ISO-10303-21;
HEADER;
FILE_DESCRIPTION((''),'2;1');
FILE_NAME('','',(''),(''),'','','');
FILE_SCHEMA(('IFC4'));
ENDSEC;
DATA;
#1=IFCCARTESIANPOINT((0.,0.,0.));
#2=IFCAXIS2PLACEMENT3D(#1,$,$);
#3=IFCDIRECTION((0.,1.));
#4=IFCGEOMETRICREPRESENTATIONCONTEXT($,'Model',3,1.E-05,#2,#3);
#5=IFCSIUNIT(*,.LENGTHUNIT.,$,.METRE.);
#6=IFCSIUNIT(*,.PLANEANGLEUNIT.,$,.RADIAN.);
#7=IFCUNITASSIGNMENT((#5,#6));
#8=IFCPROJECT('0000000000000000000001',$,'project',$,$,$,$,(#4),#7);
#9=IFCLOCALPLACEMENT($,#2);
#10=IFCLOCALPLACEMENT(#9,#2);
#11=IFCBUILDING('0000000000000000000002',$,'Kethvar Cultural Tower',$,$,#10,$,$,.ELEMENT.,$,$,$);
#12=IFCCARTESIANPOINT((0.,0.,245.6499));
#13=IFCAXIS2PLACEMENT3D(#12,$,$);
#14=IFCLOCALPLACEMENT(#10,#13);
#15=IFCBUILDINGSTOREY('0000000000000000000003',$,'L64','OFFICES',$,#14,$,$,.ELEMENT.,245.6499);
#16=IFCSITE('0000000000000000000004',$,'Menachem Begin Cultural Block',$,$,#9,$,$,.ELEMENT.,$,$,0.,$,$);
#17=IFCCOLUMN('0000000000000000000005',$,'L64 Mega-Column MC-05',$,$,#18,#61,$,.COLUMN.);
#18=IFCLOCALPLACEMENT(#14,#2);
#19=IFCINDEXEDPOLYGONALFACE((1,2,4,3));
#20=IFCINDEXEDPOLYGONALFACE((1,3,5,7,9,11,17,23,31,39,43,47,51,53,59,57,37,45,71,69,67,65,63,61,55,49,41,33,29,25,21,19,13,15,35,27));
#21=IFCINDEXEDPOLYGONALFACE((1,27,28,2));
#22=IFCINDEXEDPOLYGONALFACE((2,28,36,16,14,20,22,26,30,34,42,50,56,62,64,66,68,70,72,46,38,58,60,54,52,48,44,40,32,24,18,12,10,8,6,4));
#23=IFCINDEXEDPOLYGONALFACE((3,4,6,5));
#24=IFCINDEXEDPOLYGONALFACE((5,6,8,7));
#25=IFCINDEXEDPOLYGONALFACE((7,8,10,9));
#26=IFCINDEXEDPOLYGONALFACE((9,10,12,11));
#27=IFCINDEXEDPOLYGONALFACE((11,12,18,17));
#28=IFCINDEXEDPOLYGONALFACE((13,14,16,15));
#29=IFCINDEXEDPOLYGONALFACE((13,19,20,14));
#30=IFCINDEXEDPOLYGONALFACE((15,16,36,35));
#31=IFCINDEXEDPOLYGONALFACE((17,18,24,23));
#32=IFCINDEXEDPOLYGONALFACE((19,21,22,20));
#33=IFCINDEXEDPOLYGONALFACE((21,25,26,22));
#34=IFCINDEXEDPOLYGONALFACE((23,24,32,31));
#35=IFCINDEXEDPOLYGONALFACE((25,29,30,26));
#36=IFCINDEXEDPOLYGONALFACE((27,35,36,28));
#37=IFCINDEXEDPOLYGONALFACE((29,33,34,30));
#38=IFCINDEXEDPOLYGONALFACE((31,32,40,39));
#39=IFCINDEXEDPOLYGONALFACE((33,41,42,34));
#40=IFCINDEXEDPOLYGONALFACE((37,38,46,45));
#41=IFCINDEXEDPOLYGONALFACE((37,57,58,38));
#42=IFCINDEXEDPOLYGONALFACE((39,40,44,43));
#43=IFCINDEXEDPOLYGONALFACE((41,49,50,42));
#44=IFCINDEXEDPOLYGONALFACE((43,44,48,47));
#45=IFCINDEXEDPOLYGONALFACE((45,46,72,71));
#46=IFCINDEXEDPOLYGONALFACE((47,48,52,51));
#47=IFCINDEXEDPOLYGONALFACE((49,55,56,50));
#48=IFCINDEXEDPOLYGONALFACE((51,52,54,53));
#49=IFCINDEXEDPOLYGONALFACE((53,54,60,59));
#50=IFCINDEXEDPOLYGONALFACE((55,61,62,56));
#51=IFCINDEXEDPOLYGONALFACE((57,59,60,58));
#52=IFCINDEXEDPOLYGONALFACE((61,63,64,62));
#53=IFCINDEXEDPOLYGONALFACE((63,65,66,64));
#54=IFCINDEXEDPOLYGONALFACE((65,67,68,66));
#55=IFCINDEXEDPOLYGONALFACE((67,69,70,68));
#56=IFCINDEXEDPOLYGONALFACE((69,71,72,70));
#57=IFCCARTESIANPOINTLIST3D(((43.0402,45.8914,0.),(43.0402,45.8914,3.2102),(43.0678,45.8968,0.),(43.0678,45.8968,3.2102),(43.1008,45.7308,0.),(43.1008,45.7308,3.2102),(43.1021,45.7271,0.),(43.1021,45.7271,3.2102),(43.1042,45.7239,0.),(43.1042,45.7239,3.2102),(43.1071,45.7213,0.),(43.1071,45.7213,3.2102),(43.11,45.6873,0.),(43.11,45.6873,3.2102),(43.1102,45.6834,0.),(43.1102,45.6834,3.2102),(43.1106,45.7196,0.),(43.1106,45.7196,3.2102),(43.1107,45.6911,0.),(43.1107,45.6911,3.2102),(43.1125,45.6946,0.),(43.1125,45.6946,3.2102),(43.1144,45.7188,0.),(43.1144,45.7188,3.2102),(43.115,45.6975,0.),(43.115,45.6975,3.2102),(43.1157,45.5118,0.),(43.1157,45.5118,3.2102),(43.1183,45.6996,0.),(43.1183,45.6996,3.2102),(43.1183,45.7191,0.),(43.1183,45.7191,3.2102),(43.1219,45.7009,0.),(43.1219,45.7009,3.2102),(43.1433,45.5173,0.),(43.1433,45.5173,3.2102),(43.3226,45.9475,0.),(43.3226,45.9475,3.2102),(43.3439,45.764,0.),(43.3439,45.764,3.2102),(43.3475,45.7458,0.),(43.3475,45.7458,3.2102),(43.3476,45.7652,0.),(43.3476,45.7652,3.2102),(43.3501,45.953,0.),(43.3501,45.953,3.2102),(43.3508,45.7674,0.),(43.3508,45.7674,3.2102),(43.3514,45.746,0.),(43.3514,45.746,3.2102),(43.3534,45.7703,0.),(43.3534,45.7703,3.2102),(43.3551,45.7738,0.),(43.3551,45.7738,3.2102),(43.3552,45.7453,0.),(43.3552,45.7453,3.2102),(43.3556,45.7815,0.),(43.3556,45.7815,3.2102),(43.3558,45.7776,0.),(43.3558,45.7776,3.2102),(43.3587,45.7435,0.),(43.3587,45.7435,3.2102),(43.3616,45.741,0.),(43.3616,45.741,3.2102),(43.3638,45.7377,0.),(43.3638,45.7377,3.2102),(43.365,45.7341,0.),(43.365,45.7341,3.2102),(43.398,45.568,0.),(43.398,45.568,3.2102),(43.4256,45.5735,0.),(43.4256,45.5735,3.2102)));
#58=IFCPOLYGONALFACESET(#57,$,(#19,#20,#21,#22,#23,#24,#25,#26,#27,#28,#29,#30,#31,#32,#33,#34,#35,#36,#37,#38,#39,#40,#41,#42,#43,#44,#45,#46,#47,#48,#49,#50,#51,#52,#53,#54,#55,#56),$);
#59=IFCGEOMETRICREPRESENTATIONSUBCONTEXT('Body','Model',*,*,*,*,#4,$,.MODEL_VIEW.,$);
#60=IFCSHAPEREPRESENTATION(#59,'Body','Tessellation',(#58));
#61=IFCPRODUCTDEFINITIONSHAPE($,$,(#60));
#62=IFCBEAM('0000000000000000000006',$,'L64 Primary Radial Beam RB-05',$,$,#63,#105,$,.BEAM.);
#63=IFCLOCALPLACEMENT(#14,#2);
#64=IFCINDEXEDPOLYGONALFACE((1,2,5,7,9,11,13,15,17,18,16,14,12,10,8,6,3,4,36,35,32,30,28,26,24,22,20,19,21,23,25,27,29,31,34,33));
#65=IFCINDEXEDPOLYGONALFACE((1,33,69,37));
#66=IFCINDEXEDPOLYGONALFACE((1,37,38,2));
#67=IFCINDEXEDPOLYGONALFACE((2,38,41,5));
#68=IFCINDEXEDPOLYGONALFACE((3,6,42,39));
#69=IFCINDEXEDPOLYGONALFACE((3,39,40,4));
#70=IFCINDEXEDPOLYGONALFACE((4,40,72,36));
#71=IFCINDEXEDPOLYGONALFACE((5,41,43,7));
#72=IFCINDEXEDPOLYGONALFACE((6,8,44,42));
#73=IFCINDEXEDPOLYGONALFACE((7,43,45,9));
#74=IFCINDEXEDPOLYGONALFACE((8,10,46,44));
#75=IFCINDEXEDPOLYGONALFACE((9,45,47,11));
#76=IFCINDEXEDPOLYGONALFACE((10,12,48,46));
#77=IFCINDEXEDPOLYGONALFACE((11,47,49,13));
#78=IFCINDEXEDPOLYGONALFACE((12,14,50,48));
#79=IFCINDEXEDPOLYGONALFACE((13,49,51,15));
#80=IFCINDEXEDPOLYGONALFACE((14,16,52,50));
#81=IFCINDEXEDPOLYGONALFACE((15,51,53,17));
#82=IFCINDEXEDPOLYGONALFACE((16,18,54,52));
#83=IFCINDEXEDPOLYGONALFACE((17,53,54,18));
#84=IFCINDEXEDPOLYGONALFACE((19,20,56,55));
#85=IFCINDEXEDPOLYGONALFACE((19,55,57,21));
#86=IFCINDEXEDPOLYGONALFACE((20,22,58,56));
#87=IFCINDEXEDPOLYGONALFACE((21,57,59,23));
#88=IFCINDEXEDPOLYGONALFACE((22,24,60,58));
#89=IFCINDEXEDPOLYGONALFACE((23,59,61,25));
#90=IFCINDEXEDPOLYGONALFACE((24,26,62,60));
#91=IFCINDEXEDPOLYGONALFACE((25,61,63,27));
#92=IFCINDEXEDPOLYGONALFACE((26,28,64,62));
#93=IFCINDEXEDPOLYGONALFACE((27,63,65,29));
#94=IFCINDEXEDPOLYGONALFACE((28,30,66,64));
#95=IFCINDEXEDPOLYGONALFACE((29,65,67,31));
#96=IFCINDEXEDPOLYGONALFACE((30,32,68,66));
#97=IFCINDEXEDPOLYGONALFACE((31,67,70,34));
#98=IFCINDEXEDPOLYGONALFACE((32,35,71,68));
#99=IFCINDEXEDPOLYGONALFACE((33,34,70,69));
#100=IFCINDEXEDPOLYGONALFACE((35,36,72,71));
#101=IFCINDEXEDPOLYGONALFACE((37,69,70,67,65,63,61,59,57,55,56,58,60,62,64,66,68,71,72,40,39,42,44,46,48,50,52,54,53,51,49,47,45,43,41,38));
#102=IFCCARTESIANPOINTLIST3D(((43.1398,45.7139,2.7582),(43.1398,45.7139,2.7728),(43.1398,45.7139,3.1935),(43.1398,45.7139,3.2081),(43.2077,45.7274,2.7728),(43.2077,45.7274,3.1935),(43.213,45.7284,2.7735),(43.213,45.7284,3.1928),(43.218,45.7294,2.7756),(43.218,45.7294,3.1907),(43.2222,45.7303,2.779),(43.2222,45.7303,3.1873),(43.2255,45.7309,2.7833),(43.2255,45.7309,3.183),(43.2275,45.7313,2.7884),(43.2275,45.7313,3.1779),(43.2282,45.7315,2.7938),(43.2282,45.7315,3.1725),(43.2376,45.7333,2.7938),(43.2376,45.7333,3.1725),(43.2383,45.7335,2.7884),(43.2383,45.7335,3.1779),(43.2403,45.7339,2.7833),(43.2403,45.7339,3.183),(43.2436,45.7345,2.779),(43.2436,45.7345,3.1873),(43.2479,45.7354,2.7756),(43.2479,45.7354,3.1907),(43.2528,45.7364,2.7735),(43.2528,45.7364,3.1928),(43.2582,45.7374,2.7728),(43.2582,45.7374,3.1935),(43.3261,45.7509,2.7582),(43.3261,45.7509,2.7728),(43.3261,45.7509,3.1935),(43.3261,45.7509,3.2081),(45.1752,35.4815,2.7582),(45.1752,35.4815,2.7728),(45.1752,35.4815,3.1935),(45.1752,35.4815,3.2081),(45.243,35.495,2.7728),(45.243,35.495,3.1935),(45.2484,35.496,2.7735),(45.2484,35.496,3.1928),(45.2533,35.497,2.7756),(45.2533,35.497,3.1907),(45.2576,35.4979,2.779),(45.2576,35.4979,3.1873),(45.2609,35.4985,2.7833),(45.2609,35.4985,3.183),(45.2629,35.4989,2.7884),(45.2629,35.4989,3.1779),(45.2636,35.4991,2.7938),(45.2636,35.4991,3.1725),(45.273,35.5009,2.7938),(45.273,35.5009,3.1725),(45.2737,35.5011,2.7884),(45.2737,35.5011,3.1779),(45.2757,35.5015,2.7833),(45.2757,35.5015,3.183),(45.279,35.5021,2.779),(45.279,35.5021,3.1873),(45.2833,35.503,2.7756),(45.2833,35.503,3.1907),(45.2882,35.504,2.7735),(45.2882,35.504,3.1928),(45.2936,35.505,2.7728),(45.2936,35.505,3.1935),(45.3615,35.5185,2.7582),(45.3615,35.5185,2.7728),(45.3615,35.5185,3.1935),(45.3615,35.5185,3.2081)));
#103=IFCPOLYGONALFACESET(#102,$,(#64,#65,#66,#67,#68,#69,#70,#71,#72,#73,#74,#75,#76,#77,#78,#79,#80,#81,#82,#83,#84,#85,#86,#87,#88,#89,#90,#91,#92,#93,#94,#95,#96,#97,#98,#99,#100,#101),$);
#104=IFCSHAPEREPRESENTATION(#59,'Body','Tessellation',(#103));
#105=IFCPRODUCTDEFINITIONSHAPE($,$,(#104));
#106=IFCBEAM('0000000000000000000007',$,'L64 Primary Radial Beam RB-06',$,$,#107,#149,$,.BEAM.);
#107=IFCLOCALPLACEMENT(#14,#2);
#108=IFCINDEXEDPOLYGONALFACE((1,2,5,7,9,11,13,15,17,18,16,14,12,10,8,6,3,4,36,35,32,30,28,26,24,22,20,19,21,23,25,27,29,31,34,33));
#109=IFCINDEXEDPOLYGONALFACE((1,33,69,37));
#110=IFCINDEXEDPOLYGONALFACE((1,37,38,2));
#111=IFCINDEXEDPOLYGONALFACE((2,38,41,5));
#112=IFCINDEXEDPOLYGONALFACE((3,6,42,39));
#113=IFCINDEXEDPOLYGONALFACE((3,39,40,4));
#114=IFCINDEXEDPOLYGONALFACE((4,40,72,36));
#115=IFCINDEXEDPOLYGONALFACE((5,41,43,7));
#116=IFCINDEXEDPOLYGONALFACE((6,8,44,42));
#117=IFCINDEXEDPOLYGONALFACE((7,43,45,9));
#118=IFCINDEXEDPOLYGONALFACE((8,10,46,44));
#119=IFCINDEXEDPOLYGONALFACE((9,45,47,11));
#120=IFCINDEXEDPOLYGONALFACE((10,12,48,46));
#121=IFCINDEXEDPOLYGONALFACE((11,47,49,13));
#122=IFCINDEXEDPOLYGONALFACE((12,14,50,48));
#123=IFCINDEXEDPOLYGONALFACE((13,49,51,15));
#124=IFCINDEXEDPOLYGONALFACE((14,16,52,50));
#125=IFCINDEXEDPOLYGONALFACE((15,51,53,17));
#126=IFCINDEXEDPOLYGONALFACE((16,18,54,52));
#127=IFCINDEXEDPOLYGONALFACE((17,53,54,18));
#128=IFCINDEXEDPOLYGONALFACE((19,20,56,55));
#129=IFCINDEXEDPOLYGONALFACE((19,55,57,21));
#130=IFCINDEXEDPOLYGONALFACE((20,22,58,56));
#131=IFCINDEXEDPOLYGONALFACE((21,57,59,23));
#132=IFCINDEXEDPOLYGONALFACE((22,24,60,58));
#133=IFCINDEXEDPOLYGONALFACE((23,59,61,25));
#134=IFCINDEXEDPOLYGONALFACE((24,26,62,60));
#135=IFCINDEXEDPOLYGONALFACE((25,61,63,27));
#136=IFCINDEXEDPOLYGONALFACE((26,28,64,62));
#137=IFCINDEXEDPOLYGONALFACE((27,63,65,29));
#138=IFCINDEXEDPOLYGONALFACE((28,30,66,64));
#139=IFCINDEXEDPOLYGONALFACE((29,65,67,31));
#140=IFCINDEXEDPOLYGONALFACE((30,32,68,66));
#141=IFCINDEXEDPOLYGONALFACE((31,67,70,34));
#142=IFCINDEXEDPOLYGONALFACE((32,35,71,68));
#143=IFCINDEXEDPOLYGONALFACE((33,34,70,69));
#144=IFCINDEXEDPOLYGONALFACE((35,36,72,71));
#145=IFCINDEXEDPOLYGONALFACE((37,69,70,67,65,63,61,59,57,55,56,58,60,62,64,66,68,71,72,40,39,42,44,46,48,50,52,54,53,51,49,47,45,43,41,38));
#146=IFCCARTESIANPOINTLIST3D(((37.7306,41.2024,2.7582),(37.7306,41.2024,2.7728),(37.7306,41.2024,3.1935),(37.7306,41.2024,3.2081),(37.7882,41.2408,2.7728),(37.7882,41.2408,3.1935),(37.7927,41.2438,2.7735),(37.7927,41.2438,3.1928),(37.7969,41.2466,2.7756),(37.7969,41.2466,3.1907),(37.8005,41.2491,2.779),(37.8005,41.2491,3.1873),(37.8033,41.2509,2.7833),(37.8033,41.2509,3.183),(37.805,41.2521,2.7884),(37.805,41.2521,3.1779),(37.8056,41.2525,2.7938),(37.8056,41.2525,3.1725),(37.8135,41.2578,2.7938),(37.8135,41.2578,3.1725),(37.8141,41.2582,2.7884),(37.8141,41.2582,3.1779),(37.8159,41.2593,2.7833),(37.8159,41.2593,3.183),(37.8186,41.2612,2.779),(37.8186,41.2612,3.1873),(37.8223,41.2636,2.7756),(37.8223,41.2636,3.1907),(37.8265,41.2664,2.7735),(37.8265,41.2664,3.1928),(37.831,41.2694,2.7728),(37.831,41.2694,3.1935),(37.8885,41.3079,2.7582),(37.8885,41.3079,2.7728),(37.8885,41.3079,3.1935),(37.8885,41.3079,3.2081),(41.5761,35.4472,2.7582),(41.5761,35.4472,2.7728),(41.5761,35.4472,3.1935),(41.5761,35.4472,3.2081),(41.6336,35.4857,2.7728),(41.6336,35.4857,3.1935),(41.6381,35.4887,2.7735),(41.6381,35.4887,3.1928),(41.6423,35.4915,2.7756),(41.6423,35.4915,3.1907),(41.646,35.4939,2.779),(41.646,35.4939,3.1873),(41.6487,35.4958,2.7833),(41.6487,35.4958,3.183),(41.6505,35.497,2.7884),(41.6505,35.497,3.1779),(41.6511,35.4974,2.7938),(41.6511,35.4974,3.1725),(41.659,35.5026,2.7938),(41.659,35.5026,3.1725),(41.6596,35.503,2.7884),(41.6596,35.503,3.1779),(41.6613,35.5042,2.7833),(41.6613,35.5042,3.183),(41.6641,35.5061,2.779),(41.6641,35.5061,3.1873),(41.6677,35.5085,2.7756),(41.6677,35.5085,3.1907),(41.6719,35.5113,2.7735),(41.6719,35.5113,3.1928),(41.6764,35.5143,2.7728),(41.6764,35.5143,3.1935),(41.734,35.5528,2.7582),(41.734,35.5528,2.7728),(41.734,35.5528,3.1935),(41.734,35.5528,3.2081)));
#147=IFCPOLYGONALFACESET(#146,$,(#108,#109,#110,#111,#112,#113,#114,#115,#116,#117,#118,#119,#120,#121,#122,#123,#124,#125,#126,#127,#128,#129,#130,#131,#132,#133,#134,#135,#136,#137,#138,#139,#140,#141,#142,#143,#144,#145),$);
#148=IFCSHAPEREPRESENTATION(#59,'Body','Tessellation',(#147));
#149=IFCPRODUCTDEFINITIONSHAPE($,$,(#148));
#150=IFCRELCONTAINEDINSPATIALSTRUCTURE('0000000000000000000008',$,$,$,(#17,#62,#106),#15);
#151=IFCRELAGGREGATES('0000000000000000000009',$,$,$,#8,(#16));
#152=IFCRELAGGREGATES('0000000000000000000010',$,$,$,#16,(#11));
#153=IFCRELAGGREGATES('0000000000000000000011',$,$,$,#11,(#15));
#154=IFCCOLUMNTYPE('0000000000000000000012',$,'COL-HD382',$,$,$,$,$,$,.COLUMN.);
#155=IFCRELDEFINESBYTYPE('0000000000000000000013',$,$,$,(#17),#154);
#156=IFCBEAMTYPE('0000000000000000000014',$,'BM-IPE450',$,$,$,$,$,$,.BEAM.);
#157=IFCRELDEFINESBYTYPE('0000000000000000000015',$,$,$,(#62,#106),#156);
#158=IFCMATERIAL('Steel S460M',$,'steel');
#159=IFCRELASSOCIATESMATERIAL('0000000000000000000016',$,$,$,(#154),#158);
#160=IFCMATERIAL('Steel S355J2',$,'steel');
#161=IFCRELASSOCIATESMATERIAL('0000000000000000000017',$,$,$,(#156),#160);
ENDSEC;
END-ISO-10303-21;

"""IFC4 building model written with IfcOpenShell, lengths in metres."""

from ifc_helpers import new_model, si_unit, direction, frame, origin, origin_2d, place, context, subcontext, project, spatial, i_section, extrude, source, transform, mapped, material, material_profile, profile_set, type_object, element, save


model = new_model("IFC4")

# Units and contexts
model_context = context("Model", 3, precision=1e-05, world=origin(), true_north=direction((0.0, 1.0)))
body_context = subcontext(model_context, "Body", "Model", "MODEL_VIEW")
ifc_project = project(units=[si_unit("LENGTHUNIT", "METRE"), si_unit("PLANEANGLEUNIT", "RADIAN")], contexts=[model_context])

# Site, building, storey
site_placement = place(None, origin())
site = spatial("IfcSite", under=ifc_project, at=site_placement, Name="Menachem Begin Cultural Block", CompositionType="ELEMENT", RefElevation=0.0)
building_placement = place(site_placement, origin())
building = spatial("IfcBuilding", under=site, at=building_placement, Name="Kethvar Cultural Tower", CompositionType="ELEMENT")
storey_placement = place(building_placement, frame((0.0, 0.0, 245.6499)))
storey = spatial("IfcBuildingStorey", under=building, at=storey_placement, Name="L64", Description="OFFICES", CompositionType="ELEMENT", Elevation=245.6499)

# Column
ifc_material_1 = material(Name="Steel S460M", Category="steel")
ifc_material_profile_1 = material_profile(ifc_material_1, i_section(OverallWidth=0.387, OverallDepth=0.3159, WebThickness=0.0186, FlangeThickness=0.0281, FilletRadius=0.0149, at=origin_2d()), Name="Steel S460M — HD400x382")
ifc_profile_set_1 = profile_set([ifc_material_profile_1], Name="Steel S460M — HD400x382")
column_type = type_object("IfcColumnType", Name="COL-HD382", PredefinedType="COLUMN", material=ifc_profile_set_1)
shared_shape_1 = source(origin(), body_context, "Body", "SweptSolid", [
    extrude(i_section(OverallWidth=0.387, OverallDepth=0.3159, WebThickness=0.0186, FlangeThickness=0.0281, FilletRadius=0.0149, at=origin_2d()), origin(), (0.0, 0.0, 1.0), 3.2102),
])
column_placement = place(storey_placement, frame((43.2329, 45.7324, 0.0), z_axis=(0.0, 0.0, 1.0), x_axis=(-0.19509, 0.980785, 0.0)))
element("IfcColumn", 1, at=column_placement, inside=storey, type_object=column_type, Name="L64 Mega-Column MC-05", PredefinedType="COLUMN", context=body_context, shape_type="MappedRepresentation", body=[
    mapped(shared_shape_1, transform((0.0, 0.0, 0.0), scale=1.0)),
])

# Beams
ifc_material_2 = material(Name="Steel S355J2", Category="steel")
ifc_material_profile_2 = material_profile(ifc_material_2, i_section(OverallWidth=0.1899, OverallDepth=0.45, WebThickness=0.0095, FlangeThickness=0.0146, FilletRadius=0.021, at=origin_2d()), Name="Steel S355J2 — IPE450")
ifc_profile_set_2 = profile_set([ifc_material_profile_2], Name="Steel S355J2 — IPE450")
beam_type_1 = type_object("IfcBeamType", Name="BM-IPE450", PredefinedType="BEAM", material=ifc_profile_set_2)
shared_shape_2 = source(origin(), body_context, "Body", "SweptSolid", [
    extrude(i_section(OverallWidth=0.1899, OverallDepth=0.45, WebThickness=0.0095, FlangeThickness=0.0146, FilletRadius=0.021, at=origin_2d()), origin(), (0.0, 0.0, 1.0), 10.4329),
])
beam_1_placement = place(storey_placement, frame((45.2683, 35.5, 2.9832), z_axis=(-0.195094, 0.980784, 0.0), x_axis=(-0.980784, -0.195094, 0.0)))
element("IfcBeam", 2, at=beam_1_placement, inside=storey, type_object=beam_type_1, Name="L64 Primary Radial Beam RB-05", PredefinedType="BEAM", context=body_context, shape_type="MappedRepresentation", body=[
    mapped(shared_shape_2, transform((0.0, 0.0, 0.0), scale=1.0)),
])
shared_shape_3 = source(origin(), body_context, "Body", "SweptSolid", [
    extrude(i_section(OverallWidth=0.1899, OverallDepth=0.45, WebThickness=0.0095, FlangeThickness=0.0146, FilletRadius=0.021, at=origin_2d()), origin(), (0.0, 0.0, 1.0), 6.9216),
])
beam_2_placement = place(storey_placement, frame((41.655, 35.5, 2.9832), z_axis=(-0.555571, 0.831469, 0.0), x_axis=(-0.831469, -0.555571, 0.0)))
element("IfcBeam", 3, at=beam_2_placement, inside=storey, type_object=beam_type_1, Name="L64 Primary Radial Beam RB-06", PredefinedType="BEAM", context=body_context, shape_type="MappedRepresentation", body=[
    mapped(shared_shape_3, transform((0.0, 0.0, 0.0), scale=1.0)),
])

save(model, "model.ifc")
